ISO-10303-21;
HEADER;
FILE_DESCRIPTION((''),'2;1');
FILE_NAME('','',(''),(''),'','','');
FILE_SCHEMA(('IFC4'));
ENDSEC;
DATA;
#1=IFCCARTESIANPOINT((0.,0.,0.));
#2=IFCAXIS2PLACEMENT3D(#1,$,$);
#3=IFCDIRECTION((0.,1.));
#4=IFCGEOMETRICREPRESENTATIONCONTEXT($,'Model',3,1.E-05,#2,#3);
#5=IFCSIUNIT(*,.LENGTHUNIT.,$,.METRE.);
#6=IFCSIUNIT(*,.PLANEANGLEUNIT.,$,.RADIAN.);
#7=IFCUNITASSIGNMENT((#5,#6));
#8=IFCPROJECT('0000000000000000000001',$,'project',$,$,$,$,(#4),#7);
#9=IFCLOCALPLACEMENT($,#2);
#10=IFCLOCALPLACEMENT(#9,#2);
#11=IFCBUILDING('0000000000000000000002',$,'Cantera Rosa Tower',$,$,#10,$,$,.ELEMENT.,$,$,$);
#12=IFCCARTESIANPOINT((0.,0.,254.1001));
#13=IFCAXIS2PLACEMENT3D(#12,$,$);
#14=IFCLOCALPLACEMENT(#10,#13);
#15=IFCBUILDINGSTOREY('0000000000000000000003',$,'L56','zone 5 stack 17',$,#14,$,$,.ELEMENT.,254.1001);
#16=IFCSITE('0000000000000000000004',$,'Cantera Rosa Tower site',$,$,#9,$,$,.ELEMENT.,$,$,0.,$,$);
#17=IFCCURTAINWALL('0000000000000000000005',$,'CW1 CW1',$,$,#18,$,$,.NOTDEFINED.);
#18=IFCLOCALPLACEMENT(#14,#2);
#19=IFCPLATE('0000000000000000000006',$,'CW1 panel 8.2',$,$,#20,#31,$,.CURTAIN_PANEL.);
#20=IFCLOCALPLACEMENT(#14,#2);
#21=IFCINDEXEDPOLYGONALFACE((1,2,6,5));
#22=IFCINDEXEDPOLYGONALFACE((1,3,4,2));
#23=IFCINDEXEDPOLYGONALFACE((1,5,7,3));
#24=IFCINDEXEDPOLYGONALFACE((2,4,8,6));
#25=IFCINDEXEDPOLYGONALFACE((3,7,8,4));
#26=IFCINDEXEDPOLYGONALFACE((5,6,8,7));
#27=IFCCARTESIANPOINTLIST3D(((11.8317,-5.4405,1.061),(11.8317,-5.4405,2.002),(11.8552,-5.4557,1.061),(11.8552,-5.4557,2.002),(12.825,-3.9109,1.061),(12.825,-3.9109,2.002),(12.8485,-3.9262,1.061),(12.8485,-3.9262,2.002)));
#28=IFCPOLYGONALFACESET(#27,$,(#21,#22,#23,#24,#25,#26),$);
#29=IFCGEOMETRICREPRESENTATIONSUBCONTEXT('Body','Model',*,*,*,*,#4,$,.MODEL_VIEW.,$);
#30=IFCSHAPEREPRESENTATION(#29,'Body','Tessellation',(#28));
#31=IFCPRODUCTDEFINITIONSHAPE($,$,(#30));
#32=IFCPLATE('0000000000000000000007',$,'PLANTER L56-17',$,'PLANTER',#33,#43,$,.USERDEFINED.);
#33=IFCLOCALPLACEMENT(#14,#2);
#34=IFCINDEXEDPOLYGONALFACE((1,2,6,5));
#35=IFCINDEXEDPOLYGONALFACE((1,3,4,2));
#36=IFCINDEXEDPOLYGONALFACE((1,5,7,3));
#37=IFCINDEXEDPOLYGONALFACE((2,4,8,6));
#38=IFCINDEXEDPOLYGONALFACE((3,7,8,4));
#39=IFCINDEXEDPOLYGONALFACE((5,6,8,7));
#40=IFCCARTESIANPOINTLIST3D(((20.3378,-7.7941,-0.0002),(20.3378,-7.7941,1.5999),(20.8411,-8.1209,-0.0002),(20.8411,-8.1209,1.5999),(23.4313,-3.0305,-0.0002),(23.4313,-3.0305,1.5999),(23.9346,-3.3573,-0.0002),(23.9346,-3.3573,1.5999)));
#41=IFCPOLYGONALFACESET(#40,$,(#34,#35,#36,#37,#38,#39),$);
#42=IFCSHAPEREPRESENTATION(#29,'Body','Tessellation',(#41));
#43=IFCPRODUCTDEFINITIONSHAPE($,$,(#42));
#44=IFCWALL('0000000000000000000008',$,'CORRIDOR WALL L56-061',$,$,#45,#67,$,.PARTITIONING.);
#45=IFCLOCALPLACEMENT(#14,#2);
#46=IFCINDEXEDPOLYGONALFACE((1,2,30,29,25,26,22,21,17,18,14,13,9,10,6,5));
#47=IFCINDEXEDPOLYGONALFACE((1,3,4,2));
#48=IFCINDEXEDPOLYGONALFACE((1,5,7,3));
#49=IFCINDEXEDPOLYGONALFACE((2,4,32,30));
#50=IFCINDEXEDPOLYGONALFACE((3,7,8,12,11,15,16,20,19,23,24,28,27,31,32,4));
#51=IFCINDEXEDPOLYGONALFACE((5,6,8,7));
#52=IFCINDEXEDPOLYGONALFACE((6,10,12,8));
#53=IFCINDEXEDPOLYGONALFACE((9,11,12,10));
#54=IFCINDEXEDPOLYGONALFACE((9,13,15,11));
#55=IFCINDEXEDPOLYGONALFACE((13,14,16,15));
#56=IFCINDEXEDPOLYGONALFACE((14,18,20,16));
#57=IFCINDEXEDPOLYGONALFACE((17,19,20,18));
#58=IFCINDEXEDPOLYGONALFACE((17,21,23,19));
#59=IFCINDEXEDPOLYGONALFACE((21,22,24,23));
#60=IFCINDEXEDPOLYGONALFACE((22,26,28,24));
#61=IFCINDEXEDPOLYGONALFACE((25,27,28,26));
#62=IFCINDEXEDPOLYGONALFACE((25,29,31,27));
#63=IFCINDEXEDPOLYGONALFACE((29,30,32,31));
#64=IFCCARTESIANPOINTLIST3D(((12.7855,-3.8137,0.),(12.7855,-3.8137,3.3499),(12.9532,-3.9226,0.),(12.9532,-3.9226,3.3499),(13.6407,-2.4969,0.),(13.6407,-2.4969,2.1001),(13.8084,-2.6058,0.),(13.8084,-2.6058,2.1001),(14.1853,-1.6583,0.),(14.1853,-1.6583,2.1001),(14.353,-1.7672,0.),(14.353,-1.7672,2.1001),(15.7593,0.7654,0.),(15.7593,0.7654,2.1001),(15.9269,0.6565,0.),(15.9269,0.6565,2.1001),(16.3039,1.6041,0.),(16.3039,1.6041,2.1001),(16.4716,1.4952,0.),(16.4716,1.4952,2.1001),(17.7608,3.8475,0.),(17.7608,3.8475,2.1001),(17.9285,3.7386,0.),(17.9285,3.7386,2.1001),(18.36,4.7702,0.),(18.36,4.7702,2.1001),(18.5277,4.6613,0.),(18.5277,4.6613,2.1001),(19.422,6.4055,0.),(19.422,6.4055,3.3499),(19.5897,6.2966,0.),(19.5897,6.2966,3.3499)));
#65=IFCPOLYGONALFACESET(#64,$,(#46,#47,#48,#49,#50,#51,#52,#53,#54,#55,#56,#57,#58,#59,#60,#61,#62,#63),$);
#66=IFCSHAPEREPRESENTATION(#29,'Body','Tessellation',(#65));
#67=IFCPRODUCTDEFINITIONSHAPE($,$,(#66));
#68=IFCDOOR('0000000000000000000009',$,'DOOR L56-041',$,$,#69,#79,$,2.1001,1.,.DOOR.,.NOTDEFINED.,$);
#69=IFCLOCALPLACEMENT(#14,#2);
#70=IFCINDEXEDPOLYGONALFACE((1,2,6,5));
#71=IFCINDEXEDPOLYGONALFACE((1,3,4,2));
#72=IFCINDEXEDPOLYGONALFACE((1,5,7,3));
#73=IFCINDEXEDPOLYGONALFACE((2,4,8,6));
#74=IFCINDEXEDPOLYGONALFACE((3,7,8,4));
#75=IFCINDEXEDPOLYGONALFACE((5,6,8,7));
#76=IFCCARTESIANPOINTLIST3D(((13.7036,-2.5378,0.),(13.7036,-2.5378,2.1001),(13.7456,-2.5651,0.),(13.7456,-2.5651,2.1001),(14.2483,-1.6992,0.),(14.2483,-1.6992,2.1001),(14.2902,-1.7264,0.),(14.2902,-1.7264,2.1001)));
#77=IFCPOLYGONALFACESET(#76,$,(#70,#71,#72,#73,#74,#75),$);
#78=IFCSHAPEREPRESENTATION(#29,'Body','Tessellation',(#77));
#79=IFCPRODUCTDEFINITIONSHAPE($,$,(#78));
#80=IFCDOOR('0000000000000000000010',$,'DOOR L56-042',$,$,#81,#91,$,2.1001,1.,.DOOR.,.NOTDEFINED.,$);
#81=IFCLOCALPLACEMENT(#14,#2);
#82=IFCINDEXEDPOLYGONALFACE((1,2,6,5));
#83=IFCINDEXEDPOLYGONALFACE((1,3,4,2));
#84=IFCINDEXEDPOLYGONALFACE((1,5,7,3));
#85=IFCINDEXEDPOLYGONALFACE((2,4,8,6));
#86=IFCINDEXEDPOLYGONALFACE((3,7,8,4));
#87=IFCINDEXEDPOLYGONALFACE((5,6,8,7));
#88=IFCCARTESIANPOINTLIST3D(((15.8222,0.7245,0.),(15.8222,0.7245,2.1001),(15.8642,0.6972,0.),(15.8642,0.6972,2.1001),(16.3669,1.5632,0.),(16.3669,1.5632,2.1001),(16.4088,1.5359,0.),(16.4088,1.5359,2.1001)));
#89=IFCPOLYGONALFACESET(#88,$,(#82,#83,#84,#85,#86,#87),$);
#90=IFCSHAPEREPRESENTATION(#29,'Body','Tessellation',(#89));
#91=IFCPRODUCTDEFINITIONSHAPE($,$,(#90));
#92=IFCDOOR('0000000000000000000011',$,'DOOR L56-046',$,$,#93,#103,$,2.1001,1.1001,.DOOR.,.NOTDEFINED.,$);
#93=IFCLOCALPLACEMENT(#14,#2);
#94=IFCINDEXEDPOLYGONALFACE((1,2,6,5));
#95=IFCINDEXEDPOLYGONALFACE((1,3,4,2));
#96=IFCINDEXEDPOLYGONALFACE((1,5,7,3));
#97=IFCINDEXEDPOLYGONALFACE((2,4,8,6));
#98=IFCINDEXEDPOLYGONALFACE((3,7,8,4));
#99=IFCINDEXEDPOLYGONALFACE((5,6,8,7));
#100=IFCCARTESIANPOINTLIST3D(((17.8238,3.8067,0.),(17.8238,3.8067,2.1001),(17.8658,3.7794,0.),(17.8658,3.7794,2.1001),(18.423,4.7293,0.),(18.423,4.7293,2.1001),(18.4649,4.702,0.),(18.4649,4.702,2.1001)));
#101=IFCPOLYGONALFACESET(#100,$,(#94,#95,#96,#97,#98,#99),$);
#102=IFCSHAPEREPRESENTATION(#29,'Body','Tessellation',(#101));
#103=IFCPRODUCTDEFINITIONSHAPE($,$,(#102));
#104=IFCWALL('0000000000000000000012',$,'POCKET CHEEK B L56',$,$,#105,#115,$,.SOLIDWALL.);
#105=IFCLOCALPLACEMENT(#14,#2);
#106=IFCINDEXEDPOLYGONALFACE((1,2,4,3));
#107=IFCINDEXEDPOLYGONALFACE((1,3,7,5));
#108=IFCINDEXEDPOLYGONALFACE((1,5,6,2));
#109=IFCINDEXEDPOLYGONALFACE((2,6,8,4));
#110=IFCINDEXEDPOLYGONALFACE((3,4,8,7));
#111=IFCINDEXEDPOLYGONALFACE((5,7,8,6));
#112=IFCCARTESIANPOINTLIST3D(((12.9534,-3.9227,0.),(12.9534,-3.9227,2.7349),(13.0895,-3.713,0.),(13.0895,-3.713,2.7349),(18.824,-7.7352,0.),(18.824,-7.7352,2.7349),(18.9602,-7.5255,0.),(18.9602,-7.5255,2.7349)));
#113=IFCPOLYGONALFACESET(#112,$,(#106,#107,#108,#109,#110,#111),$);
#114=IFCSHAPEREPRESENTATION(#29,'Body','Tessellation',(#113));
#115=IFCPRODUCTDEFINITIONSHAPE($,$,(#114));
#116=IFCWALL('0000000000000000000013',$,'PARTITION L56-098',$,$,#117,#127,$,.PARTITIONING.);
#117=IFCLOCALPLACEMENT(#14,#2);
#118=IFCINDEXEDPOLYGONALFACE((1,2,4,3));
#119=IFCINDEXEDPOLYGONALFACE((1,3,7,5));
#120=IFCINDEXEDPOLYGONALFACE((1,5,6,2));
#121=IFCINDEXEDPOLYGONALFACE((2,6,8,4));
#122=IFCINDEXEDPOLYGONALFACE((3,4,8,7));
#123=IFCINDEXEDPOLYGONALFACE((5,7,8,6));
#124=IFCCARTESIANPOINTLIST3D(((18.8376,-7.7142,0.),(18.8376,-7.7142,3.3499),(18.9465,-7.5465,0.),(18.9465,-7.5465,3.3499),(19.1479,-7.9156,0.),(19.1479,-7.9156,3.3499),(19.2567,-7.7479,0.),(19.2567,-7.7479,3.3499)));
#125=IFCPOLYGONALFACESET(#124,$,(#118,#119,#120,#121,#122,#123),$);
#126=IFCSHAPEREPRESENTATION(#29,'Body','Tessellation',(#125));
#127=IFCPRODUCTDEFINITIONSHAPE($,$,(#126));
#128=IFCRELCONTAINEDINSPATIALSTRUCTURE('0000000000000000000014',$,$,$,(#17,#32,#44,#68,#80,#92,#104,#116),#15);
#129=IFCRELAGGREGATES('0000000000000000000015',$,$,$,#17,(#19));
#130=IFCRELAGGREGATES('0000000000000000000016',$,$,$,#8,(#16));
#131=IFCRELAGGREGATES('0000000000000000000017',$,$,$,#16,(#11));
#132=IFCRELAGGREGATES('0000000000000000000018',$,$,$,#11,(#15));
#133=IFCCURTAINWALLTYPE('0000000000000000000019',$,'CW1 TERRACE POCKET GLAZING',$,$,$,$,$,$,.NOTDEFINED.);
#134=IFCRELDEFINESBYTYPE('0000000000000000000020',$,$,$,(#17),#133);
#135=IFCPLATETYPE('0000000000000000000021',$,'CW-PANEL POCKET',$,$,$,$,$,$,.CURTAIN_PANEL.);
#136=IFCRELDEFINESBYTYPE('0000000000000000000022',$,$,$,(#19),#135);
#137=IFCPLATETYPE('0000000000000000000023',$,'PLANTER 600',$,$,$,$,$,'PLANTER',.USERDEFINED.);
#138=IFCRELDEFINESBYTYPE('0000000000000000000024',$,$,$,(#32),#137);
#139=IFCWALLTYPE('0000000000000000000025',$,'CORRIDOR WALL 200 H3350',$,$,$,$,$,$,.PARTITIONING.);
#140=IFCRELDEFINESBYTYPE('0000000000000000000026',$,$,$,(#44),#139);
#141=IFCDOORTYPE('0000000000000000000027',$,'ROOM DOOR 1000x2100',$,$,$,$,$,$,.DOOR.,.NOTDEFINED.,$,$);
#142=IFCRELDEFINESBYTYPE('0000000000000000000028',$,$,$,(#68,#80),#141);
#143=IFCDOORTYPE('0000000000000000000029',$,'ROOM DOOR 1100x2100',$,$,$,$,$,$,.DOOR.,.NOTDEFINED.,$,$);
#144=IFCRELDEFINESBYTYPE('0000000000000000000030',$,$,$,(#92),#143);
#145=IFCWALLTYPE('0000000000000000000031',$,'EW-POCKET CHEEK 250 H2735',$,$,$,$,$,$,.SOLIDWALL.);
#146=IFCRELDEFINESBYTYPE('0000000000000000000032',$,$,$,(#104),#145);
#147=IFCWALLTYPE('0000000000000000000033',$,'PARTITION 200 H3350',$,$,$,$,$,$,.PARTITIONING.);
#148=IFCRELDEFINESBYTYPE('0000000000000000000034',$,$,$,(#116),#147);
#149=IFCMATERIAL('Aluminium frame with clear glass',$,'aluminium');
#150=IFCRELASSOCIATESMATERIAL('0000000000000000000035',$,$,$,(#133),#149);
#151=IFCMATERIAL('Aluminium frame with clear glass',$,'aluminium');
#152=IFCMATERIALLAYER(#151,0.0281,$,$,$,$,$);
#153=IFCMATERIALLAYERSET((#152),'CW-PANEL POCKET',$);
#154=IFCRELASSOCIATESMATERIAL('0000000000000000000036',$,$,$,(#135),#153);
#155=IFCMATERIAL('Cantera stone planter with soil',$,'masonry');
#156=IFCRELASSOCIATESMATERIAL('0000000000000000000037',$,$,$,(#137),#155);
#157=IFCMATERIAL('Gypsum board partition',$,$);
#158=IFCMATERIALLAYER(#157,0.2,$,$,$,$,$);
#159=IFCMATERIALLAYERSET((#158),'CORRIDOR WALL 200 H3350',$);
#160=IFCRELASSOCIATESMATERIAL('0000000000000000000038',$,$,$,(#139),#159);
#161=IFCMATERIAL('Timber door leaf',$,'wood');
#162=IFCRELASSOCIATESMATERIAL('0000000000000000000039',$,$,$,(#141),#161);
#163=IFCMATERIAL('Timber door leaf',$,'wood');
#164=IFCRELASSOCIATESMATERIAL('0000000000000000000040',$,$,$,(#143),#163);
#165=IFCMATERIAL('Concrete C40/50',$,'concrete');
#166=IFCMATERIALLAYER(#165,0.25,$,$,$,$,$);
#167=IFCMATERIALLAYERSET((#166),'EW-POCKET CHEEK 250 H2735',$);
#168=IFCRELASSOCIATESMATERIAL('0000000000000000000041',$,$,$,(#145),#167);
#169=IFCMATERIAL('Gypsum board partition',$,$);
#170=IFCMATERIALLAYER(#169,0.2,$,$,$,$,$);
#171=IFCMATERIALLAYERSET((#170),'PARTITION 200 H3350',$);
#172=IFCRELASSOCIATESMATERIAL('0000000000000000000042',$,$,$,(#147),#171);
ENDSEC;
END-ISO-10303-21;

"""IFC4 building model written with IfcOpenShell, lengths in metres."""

from ifc_helpers import new_model, si_unit, direction, frame, frame_2d, origin, origin_2d, place, context, subcontext, project, spatial, rectangle, extrude, material, layer, layer_set, type_object, element, fill, aggregate, save


model = new_model("IFC4")

# Units and contexts
model_context = context("Model", 3, precision=1e-05, world=origin(), true_north=direction((0.0, 1.0)))
body_context = subcontext(model_context, "Body", "Model", "MODEL_VIEW")
ifc_project = project(units=[si_unit("LENGTHUNIT", "METRE"), si_unit("PLANEANGLEUNIT", "RADIAN")], contexts=[model_context])

# Site, building, storey
site_placement = place(None, origin())
site = spatial("IfcSite", under=ifc_project, at=site_placement, Name="Cantera Rosa Tower site", CompositionType="ELEMENT", RefElevation=0.0)
building_placement = place(site_placement, origin())
building = spatial("IfcBuilding", under=site, at=building_placement, Name="Cantera Rosa Tower", CompositionType="ELEMENT")
storey_placement = place(building_placement, frame((0.0, 0.0, 254.1001)))
storey = spatial("IfcBuildingStorey", under=building, at=storey_placement, Name="L56", Description="zone 5 stack 17", CompositionType="ELEMENT", Elevation=254.1001)

# Curtain wall
ifc_material_1 = material(Name="Aluminium frame with clear glass", Category="aluminium")
curtain_wall_type = type_object("IfcCurtainWallType", Name="CW1 TERRACE POCKET GLAZING", PredefinedType="NOTDEFINED", material=ifc_material_1)
curtain_wall_placement = place(storey_placement, origin())
curtain_wall = element("IfcCurtainWall", 1, at=curtain_wall_placement, inside=storey, type_object=curtain_wall_type, Name="CW1 CW1", PredefinedType="NOTDEFINED")

# Plates
ifc_material_2 = material(Name="Aluminium frame with clear glass", Category="aluminium")
ifc_layer_1 = layer(ifc_material_2, 0.0281)
ifc_layer_set_1 = layer_set([ifc_layer_1], Name="CW-PANEL POCKET")
plate_type_1 = type_object("IfcPlateType", Name="CW-PANEL POCKET", PredefinedType="CURTAIN_PANEL", material=ifc_layer_set_1)
plate_1_placement = place(storey_placement, frame((12.3401, -4.6833, 1.061), z_axis=(0.0, 0.0, 1.0), x_axis=(0.544639, 0.838671, 0.0)))
plate_1 = element("IfcPlate", 2, at=plate_1_placement, type_object=plate_type_1, Name="CW1 panel 8.2", PredefinedType="CURTAIN_PANEL", context=body_context, shape_type="SweptSolid", body=[
    extrude(rectangle(XDim=1.8237, YDim=0.0281, at=origin_2d()), origin(), (0.0, 0.0, 1.0), 0.9409),
])
aggregate(curtain_wall, [plate_1])
ifc_material_3 = material(Name="Cantera stone planter with soil", Category="masonry")
plate_type_2 = type_object("IfcPlateType", Name="PLANTER 600", ElementType="PLANTER", PredefinedType="USERDEFINED", material=ifc_material_3)
plate_2_placement = place(storey_placement, frame((22.1362, -5.5757, -0.0002), z_axis=(0.0, 0.0, 1.0), x_axis=(0.544639, 0.838671, 0.0)))
element("IfcPlate", 3, at=plate_2_placement, inside=storey, type_object=plate_type_2, Name="PLANTER L56-17", ObjectType="PLANTER", PredefinedType="USERDEFINED", context=body_context, shape_type="SweptSolid", body=[
    extrude(rectangle(XDim=5.6799, YDim=0.6001, at=origin_2d()), origin(), (0.0, 0.0, 1.0), 1.6001),
])

# Wall, openings, doors
ifc_material_4 = material(Name="Gypsum board partition")
ifc_layer_2 = layer(ifc_material_4, 0.2)
ifc_layer_set_2 = layer_set([ifc_layer_2], Name="CORRIDOR WALL 200 H3350")
wall_type_1 = type_object("IfcWallType", Name="CORRIDOR WALL 200 H3350", PredefinedType="PARTITIONING", material=ifc_layer_set_2)
wall_1_placement = place(storey_placement, frame((12.8694, -3.8682, 0.0), z_axis=(0.0, 0.0, 1.0), x_axis=(0.54464, 0.83867, 0.0)))
wall_1 = element("IfcWall", 4, at=wall_1_placement, inside=storey, type_object=wall_type_1, Name="CORRIDOR WALL L56-061", PredefinedType="PARTITIONING", context=body_context, shape_type="SweptSolid", body=[
    extrude(rectangle(XDim=12.1851, YDim=0.2, at=frame_2d((6.0925, 0.0))), origin(), (0.0, 0.0, 1.0), 3.3499),
])
opening_1_placement = place(wall_1_placement, frame((1.5701, 0.0, 0.0)))
opening_1 = element("IfcOpeningElement", 5, at=opening_1_placement, cuts=wall_1, PredefinedType="OPENING", context=body_context, shape_type="SweptSolid", body=[
    extrude(rectangle(XDim=1.0, YDim=2.1001, at=frame_2d((0.5, 1.05))), frame((0.0, 0.1099, 0.0), z_axis=(0.0, -1.0, 0.0), x_axis=(1.0, 0.0, 0.0)), (0.0, 0.0, 1.0), 0.22),
])
opening_2_placement = place(wall_1_placement, frame((5.46, 0.0, 0.0)))
opening_2 = element("IfcOpeningElement", 6, at=opening_2_placement, cuts=wall_1, PredefinedType="OPENING", context=body_context, shape_type="SweptSolid", body=[
    extrude(rectangle(XDim=1.0, YDim=2.1001, at=frame_2d((0.5, 1.05))), frame((0.0, 0.1099, 0.0), z_axis=(0.0, -1.0, 0.0), x_axis=(1.0, 0.0, 0.0)), (0.0, 0.0, 1.0), 0.22),
])
opening_3_placement = place(wall_1_placement, frame((9.135, 0.0, 0.0)))
opening_3 = element("IfcOpeningElement", 7, at=opening_3_placement, cuts=wall_1, PredefinedType="OPENING", context=body_context, shape_type="SweptSolid", body=[
    extrude(rectangle(XDim=1.1001, YDim=2.1001, at=frame_2d((0.55, 1.05))), frame((0.0, 0.1099, 0.0), z_axis=(0.0, -1.0, 0.0), x_axis=(1.0, 0.0, 0.0)), (0.0, 0.0, 1.0), 0.22),
])
ifc_material_5 = material(Name="Timber door leaf", Category="wood")
door_type_1 = type_object("IfcDoorType", Name="ROOM DOOR 1000x2100", OperationType="NOTDEFINED", PredefinedType="DOOR", material=ifc_material_5)
door_1_placement = place(opening_1_placement, origin())
door_1 = element("IfcDoor", 8, at=door_1_placement, inside=storey, type_object=door_type_1, Name="DOOR L56-041", OperationType="NOTDEFINED", OverallHeight=2.1001, OverallWidth=1.0, PredefinedType="DOOR", context=body_context, shape_type="SweptSolid", body=[
    extrude(rectangle(XDim=1.0, YDim=2.1001, at=frame_2d((0.5, 1.05))), frame((0.0, 0.0249, 0.0), z_axis=(0.0, -1.0, 0.0), x_axis=(1.0, 0.0, 0.0)), (0.0, 0.0, 1.0), 0.05),
])
fill(opening_1, door_1)
door_2_placement = place(opening_2_placement, origin())
door_2 = element("IfcDoor", 9, at=door_2_placement, inside=storey, type_object=door_type_1, Name="DOOR L56-042", OperationType="NOTDEFINED", OverallHeight=2.1001, OverallWidth=1.0, PredefinedType="DOOR", context=body_context, shape_type="SweptSolid", body=[
    extrude(rectangle(XDim=1.0, YDim=2.1001, at=frame_2d((0.5, 1.05))), frame((0.0, 0.0249, 0.0), z_axis=(0.0, -1.0, 0.0), x_axis=(1.0, 0.0, 0.0)), (0.0, 0.0, 1.0), 0.05),
])
fill(opening_2, door_2)
ifc_material_6 = material(Name="Timber door leaf", Category="wood")
door_type_2 = type_object("IfcDoorType", Name="ROOM DOOR 1100x2100", OperationType="NOTDEFINED", PredefinedType="DOOR", material=ifc_material_6)
door_3_placement = place(opening_3_placement, origin())
door_3 = element("IfcDoor", 10, at=door_3_placement, inside=storey, type_object=door_type_2, Name="DOOR L56-046", OperationType="NOTDEFINED", OverallHeight=2.1001, OverallWidth=1.1001, PredefinedType="DOOR", context=body_context, shape_type="SweptSolid", body=[
    extrude(rectangle(XDim=1.1001, YDim=2.1001, at=frame_2d((0.55, 1.05))), frame((0.0, 0.0249, 0.0), z_axis=(0.0, -1.0, 0.0), x_axis=(1.0, 0.0, 0.0)), (0.0, 0.0, 1.0), 0.05),
])
fill(opening_3, door_3)

# Walls
ifc_material_7 = material(Name="Concrete C40/50", Category="concrete")
ifc_layer_3 = layer(ifc_material_7, 0.25)
ifc_layer_set_3 = layer_set([ifc_layer_3], Name="EW-POCKET CHEEK 250 H2735")
wall_type_2 = type_object("IfcWallType", Name="EW-POCKET CHEEK 250 H2735", PredefinedType="SOLIDWALL", material=ifc_layer_set_3)
wall_2_placement = place(storey_placement, frame((18.8921, -7.6304, 0.0), z_axis=(0.0, 0.0, 1.0), x_axis=(-0.838665, 0.544647, 0.0)))
element("IfcWall", 11, at=wall_2_placement, inside=storey, type_object=wall_type_2, Name="POCKET CHEEK B L56", PredefinedType="SOLIDWALL", context=body_context, shape_type="SweptSolid", body=[
    extrude(rectangle(XDim=7.0, YDim=0.25, at=frame_2d((3.5, 0.0))), origin(), (0.0, 0.0, 1.0), 2.7349),
])
ifc_material_8 = material(Name="Gypsum board partition")
ifc_layer_4 = layer(ifc_material_8, 0.2)
ifc_layer_set_4 = layer_set([ifc_layer_4], Name="PARTITION 200 H3350")
wall_type_3 = type_object("IfcWallType", Name="PARTITION 200 H3350", PredefinedType="PARTITIONING", material=ifc_layer_set_4)
wall_3_placement = place(storey_placement, frame((19.2024, -7.8318, 0.0), z_axis=(0.0, 0.0, 1.0), x_axis=(-0.83879, 0.544455, 0.0)))
element("IfcWall", 12, at=wall_3_placement, inside=storey, type_object=wall_type_3, Name="PARTITION L56-098", PredefinedType="PARTITIONING", context=body_context, shape_type="SweptSolid", body=[
    extrude(rectangle(XDim=0.3699, YDim=0.2, at=frame_2d((0.1851, 0.0))), origin(), (0.0, 0.0, 1.0), 3.3499),
])

save(model, "model.ifc")
